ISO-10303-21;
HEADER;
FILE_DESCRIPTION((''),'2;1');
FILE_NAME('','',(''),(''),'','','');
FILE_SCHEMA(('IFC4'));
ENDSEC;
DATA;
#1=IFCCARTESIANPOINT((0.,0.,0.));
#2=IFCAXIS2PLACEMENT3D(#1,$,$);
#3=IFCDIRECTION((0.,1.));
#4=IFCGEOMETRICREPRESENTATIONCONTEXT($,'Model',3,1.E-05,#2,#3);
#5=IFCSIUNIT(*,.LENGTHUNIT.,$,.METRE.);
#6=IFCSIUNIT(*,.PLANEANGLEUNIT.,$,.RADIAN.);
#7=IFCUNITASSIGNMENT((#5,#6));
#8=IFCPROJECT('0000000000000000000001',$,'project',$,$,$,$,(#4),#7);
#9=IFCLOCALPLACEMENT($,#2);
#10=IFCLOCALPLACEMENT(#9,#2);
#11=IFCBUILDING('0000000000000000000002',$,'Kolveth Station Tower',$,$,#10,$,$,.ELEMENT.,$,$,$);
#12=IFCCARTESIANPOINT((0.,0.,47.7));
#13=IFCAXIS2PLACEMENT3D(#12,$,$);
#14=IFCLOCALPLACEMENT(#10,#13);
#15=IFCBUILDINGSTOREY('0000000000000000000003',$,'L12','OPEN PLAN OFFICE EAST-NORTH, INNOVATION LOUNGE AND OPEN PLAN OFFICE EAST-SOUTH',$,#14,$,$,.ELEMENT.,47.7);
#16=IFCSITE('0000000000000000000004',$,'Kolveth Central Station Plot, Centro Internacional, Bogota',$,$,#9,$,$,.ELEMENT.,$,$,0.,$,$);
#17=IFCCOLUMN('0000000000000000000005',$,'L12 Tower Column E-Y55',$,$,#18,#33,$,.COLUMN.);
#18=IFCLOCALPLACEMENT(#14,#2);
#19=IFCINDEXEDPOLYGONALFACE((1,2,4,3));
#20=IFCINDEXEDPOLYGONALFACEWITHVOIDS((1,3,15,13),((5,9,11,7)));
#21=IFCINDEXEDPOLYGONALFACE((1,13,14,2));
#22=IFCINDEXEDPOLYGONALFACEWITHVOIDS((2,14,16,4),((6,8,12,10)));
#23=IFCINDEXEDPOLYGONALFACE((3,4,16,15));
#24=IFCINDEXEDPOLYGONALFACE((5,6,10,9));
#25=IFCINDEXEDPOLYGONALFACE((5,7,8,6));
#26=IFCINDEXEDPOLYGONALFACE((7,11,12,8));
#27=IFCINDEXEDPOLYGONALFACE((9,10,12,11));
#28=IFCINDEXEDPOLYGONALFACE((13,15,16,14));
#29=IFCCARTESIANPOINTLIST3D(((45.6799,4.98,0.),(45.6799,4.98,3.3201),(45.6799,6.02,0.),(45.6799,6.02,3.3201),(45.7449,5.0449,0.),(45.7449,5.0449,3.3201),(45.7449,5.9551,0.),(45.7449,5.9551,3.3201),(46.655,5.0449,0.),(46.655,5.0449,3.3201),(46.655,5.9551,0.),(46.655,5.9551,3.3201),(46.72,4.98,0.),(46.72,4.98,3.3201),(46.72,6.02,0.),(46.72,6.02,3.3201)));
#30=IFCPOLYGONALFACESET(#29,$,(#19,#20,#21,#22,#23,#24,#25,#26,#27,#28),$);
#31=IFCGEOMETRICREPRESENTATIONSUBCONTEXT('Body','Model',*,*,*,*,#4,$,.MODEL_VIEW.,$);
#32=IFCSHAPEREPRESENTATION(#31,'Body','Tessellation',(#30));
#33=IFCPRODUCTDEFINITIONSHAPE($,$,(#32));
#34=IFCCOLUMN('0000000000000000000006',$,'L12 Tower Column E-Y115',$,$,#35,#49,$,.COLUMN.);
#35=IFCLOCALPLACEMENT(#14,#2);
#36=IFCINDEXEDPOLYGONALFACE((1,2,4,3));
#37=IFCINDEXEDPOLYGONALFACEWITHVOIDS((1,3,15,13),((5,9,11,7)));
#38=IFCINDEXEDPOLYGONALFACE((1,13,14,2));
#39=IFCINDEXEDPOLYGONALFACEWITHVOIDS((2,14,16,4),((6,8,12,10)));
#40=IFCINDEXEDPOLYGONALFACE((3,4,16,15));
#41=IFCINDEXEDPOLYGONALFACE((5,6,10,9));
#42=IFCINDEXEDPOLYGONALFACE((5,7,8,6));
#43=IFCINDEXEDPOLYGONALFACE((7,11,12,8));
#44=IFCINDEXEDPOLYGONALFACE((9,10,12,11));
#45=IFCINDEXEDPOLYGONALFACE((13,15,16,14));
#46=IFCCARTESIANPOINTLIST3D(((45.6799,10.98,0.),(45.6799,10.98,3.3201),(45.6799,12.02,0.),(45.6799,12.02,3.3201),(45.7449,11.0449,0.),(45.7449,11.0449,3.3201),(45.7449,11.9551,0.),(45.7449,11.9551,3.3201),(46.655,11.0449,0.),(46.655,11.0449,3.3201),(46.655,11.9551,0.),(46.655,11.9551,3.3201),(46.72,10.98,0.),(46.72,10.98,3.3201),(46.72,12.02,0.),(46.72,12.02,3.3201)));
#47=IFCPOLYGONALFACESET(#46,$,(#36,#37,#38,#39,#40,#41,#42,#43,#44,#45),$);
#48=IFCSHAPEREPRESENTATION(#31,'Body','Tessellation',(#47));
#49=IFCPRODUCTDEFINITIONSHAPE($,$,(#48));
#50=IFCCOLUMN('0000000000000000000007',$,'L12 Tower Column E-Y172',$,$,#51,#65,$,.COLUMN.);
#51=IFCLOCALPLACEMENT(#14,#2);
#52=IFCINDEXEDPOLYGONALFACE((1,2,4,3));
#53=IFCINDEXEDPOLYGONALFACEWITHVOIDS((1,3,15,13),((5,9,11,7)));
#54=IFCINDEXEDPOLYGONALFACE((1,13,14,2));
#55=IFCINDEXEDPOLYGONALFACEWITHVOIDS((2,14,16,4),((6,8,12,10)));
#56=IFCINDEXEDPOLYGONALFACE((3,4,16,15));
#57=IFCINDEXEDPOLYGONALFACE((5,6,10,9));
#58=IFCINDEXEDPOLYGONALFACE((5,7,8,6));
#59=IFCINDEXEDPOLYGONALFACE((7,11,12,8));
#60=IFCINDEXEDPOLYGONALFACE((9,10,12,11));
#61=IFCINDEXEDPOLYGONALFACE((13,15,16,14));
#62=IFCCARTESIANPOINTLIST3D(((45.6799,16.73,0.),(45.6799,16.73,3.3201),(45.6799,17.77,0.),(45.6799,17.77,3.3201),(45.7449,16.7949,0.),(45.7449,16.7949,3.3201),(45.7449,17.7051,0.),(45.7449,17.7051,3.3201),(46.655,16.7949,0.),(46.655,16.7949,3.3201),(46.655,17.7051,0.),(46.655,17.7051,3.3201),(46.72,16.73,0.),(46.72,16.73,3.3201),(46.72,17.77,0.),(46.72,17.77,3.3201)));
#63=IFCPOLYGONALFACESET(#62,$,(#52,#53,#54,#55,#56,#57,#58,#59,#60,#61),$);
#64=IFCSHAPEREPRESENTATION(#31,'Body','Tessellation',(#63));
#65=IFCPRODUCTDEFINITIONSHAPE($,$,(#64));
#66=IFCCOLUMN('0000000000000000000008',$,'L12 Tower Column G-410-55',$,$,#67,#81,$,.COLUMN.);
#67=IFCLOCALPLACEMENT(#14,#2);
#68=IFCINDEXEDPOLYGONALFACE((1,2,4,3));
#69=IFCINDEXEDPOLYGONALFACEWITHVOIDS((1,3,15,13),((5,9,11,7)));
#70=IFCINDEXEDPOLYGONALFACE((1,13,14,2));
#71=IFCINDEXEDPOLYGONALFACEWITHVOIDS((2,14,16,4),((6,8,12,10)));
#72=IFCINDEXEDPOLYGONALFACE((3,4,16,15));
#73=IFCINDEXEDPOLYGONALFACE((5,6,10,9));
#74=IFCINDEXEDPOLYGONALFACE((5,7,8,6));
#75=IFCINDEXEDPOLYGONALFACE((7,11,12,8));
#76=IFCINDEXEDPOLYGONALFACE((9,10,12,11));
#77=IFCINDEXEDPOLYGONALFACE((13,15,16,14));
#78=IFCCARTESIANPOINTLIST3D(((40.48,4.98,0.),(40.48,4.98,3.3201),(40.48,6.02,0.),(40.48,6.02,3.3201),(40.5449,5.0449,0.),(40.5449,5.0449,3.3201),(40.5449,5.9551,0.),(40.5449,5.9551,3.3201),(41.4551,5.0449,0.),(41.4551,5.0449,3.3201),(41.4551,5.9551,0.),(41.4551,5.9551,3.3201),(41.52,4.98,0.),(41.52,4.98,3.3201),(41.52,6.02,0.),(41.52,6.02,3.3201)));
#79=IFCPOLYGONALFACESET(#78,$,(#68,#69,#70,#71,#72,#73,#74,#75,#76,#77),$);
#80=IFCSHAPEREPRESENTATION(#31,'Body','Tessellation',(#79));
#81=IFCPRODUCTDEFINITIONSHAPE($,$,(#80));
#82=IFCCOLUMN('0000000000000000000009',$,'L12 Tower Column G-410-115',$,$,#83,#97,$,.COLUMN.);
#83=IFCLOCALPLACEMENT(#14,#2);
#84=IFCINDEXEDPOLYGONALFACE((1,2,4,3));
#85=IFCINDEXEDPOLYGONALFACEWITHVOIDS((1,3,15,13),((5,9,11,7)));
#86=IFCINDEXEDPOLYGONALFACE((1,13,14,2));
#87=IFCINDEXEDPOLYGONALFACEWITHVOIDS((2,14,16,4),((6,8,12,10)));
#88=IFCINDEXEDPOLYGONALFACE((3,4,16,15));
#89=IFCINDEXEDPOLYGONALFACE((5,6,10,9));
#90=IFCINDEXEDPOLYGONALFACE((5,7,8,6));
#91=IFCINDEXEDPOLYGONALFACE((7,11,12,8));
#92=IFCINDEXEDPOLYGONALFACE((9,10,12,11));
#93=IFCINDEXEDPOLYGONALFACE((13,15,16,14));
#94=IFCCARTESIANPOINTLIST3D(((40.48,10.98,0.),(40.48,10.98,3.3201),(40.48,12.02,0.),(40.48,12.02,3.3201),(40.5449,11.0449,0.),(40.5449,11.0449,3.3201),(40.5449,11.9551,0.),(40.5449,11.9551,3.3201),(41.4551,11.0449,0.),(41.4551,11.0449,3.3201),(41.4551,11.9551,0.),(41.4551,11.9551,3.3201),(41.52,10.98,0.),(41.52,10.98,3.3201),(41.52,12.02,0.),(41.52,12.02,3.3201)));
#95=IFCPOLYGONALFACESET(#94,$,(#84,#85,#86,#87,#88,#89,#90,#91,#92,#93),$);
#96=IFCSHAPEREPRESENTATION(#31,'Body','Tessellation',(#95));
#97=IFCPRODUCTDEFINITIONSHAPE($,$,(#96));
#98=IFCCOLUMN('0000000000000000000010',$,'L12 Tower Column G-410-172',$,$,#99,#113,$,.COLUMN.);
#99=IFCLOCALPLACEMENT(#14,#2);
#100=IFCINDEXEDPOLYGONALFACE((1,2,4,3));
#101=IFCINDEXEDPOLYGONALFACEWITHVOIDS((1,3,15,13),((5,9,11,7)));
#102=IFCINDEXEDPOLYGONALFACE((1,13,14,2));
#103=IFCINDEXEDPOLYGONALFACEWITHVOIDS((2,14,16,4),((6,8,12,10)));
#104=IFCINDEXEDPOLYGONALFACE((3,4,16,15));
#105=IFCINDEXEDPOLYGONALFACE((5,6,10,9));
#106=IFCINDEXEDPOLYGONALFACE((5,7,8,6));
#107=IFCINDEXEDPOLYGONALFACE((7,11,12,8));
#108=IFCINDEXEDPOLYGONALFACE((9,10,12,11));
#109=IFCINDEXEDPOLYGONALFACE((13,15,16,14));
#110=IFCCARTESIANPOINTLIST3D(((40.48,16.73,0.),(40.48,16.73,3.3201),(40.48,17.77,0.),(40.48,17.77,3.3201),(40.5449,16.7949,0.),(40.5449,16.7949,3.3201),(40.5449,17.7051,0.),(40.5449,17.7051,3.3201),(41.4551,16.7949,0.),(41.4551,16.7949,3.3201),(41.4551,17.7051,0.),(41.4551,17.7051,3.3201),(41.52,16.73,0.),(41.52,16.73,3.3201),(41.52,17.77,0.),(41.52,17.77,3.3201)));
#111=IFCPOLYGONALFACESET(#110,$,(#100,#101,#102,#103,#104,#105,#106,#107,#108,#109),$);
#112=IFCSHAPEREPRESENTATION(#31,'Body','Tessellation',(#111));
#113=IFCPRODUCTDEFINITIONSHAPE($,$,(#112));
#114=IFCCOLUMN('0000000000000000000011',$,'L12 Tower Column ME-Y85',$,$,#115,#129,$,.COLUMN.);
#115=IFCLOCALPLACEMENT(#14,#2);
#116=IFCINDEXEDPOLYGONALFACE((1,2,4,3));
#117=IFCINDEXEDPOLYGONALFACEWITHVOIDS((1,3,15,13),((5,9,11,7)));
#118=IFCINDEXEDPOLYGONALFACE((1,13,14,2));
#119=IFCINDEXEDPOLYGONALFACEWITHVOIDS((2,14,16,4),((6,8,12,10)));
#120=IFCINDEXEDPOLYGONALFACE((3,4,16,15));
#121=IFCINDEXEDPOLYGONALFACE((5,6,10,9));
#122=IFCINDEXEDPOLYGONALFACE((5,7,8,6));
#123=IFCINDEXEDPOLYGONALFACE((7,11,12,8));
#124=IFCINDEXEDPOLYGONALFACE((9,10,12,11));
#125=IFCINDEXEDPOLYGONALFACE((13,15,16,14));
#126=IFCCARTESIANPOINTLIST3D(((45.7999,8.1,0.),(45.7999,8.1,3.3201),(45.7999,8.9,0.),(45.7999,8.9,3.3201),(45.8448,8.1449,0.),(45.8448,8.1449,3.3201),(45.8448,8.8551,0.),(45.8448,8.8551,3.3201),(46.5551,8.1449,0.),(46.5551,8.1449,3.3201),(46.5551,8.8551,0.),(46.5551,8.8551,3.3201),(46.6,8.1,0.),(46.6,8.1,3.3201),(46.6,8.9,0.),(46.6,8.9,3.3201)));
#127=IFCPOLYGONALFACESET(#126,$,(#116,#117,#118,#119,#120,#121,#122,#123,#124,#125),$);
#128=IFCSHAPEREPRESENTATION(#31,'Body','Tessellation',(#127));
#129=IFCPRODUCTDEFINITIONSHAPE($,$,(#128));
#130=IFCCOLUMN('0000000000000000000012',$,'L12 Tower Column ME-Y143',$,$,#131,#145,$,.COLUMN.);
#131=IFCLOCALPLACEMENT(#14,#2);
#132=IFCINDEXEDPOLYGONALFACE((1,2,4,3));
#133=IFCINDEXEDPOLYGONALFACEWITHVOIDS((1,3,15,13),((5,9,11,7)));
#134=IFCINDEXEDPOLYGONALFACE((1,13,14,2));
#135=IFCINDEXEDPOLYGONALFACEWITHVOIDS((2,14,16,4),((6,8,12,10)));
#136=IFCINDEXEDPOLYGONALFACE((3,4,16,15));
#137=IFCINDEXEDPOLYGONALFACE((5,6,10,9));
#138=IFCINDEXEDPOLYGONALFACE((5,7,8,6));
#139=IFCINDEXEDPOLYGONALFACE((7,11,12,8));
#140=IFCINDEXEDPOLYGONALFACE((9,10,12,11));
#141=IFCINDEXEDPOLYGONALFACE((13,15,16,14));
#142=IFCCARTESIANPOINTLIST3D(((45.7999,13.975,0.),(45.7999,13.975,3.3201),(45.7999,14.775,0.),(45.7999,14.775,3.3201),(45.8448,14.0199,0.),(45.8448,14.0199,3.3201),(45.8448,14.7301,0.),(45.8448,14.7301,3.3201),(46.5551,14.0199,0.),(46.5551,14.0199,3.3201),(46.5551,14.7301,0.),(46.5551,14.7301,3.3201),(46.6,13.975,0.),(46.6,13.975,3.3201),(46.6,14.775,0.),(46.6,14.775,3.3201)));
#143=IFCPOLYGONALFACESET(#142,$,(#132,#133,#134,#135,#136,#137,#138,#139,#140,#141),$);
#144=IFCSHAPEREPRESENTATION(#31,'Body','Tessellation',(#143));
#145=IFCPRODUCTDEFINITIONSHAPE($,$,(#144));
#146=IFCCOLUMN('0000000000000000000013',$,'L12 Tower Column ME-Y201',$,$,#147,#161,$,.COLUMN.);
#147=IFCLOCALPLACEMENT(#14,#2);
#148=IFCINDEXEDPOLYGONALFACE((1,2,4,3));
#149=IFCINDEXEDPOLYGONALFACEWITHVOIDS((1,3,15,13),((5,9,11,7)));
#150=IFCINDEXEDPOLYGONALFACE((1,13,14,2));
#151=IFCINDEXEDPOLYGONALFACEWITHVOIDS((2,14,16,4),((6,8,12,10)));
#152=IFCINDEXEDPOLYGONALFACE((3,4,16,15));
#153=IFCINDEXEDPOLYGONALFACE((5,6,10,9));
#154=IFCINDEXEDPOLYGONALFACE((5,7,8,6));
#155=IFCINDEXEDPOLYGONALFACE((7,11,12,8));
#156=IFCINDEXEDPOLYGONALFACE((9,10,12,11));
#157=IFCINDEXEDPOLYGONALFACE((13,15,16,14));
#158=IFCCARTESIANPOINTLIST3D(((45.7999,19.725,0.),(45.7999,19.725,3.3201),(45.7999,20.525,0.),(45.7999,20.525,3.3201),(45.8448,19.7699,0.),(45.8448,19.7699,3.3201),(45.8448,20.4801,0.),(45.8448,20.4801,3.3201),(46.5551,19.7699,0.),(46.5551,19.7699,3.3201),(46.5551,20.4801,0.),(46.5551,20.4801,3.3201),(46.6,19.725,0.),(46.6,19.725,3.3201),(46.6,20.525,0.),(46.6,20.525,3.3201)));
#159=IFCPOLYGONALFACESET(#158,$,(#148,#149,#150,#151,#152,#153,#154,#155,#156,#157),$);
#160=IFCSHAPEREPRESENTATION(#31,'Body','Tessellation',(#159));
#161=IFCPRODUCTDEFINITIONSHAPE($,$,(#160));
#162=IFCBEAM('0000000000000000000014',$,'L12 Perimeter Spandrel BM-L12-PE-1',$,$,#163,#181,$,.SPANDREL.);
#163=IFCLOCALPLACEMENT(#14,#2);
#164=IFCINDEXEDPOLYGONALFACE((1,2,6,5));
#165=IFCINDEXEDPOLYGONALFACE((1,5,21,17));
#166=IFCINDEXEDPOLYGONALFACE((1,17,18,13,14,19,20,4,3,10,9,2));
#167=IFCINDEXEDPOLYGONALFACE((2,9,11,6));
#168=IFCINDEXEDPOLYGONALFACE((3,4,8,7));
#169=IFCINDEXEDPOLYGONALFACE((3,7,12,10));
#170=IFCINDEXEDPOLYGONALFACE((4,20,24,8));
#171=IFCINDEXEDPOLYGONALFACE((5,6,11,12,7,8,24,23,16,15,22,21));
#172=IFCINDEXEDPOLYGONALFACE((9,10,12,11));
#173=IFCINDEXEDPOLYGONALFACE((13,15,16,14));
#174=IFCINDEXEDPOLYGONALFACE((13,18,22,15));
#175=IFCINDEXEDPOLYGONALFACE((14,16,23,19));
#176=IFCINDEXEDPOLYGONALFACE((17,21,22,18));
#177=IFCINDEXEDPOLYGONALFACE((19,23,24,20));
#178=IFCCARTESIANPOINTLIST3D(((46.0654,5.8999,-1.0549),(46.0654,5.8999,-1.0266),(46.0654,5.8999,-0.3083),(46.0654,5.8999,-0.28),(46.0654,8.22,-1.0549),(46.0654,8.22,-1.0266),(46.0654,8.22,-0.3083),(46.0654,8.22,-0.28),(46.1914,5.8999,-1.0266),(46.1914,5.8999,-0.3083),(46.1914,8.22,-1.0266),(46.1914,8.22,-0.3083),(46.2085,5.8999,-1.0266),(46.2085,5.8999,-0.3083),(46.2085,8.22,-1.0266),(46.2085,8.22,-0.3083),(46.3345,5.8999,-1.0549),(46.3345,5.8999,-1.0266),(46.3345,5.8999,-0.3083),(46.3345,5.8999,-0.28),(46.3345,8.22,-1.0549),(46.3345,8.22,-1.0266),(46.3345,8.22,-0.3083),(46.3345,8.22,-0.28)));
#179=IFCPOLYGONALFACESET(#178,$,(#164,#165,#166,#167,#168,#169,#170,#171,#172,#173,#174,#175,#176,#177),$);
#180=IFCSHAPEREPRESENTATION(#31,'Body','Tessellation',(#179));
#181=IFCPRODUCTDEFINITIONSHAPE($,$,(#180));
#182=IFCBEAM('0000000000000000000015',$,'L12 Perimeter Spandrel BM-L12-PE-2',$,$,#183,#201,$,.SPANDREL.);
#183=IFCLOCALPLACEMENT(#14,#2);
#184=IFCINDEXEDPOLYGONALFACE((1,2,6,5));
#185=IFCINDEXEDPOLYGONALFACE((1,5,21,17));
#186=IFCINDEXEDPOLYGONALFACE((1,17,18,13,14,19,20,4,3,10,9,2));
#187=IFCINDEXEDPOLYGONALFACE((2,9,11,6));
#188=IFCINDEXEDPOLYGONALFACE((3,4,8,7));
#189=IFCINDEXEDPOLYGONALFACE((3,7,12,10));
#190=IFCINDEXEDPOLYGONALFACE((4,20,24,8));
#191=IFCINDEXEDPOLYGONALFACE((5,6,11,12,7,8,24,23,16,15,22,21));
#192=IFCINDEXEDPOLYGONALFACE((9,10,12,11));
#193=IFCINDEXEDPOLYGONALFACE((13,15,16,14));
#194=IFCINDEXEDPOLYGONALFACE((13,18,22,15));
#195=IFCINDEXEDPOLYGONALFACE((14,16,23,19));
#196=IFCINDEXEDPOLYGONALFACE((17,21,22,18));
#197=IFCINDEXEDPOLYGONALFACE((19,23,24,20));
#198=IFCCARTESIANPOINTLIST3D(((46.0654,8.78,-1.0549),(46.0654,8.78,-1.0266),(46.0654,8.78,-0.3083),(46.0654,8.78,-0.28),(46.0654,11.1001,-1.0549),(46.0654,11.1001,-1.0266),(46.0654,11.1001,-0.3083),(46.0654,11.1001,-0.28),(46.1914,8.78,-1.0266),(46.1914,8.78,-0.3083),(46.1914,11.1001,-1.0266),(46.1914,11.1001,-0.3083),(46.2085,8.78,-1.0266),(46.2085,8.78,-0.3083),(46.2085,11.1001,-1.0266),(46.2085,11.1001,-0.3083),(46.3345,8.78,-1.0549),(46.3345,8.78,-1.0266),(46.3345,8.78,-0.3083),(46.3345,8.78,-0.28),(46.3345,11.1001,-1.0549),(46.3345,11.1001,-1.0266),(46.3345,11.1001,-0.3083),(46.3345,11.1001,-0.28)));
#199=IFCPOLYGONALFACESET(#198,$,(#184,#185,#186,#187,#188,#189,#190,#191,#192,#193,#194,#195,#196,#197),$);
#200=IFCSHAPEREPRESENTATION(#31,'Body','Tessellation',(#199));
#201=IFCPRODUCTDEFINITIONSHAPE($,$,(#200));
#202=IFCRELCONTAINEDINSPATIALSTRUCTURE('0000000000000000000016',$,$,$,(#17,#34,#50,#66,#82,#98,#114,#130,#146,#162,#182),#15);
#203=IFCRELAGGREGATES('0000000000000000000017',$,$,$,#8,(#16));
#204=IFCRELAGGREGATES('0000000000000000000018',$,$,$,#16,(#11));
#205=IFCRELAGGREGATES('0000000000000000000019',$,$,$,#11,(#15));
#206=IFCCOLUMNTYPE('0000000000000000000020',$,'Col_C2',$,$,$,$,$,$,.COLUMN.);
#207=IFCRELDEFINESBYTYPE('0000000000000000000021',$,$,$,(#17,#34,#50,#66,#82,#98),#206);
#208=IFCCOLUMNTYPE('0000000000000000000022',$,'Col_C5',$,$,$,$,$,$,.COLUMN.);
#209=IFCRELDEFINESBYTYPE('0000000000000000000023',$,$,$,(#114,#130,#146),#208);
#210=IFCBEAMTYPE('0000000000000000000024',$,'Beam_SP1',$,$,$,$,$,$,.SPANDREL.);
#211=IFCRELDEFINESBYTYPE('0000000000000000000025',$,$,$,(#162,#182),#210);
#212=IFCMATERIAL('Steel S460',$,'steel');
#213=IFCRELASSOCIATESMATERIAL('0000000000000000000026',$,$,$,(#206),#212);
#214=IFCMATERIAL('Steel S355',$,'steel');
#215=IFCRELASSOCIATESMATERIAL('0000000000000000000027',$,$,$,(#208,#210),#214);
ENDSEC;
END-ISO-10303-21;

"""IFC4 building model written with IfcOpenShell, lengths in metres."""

from ifc_helpers import new_model, si_unit, direction, frame, origin, origin_2d, place, context, subcontext, project, spatial, hollow_rectangle, i_section, extrude, source, transform, mapped, material, material_profile, profile_set, type_object, element, save


model = new_model("IFC4")

# Units and contexts
model_context = context("Model", 3, precision=1e-05, world=origin(), true_north=direction((0.0, 1.0)))
body_context = subcontext(model_context, "Body", "Model", "MODEL_VIEW")
ifc_project = project(units=[si_unit("LENGTHUNIT", "METRE"), si_unit("PLANEANGLEUNIT", "RADIAN")], contexts=[model_context])

# Site, building, storey
site_placement = place(None, origin())
site = spatial("IfcSite", under=ifc_project, at=site_placement, Name="Kolveth Central Station Plot, Centro Internacional, Bogota", CompositionType="ELEMENT", RefElevation=0.0)
building_placement = place(site_placement, origin())
building = spatial("IfcBuilding", under=site, at=building_placement, Name="Kolveth Station Tower", CompositionType="ELEMENT")
storey_placement = place(building_placement, frame((0.0, 0.0, 47.7)))
storey = spatial("IfcBuildingStorey", under=building, at=storey_placement, Name="L12", Description="OPEN PLAN OFFICE EAST-NORTH, INNOVATION LOUNGE AND OPEN PLAN OFFICE EAST-SOUTH", CompositionType="ELEMENT", Elevation=47.7)

# Columns
ifc_material_1 = material(Name="Steel S460", Category="steel")
ifc_material_profile_1 = material_profile(ifc_material_1, hollow_rectangle(XDim=1.04, YDim=1.04, WallThickness=0.0649, at=origin_2d()), Name="BOX1040x1040x65")
ifc_profile_set_1 = profile_set([ifc_material_profile_1], Name="Steel S460")
column_type_1 = type_object("IfcColumnType", Name="Col_C2", PredefinedType="COLUMN", material=ifc_profile_set_1)
shared_shape_1 = source(origin(), body_context, "Body", "SweptSolid", [
    extrude(hollow_rectangle(XDim=1.04, YDim=1.04, WallThickness=0.0649, at=origin_2d()), origin(), (0.0, 0.0, 1.0), 3.3201),
])
for number, where, z_axis, x_axis, name in (
    (1, (46.2, 5.5, 0.0), (0.0, 0.0, 1.0), (1.0, 0.0, 0.0), "L12 Tower Column E-Y55"),
    (2, (46.2, 11.5, 0.0), (0.0, 0.0, 1.0), (1.0, 0.0, 0.0), "L12 Tower Column E-Y115"),
    (3, (46.2, 17.25, 0.0), (0.0, 0.0, 1.0), (1.0, 0.0, 0.0), "L12 Tower Column E-Y172"),
    (4, (41.0, 5.5, 0.0), (0.0, 0.0, 1.0), (1.0, 0.0, 0.0), "L12 Tower Column G-410-55"),
    (5, (41.0, 11.5, 0.0), (0.0, 0.0, 1.0), (1.0, 0.0, 0.0), "L12 Tower Column G-410-115"),
    (6, (41.0, 17.25, 0.0), (0.0, 0.0, 1.0), (1.0, 0.0, 0.0), "L12 Tower Column G-410-172"),
):
    element("IfcColumn", number, at=place(storey_placement, frame(where, z_axis=z_axis, x_axis=x_axis)), inside=storey, type_object=column_type_1, Name=name, PredefinedType="COLUMN", context=body_context, shape_type="MappedRepresentation", body=[
        mapped(shared_shape_1, transform((0.0, 0.0, 0.0), x_axis=(1.0, 0.0, 0.0), y_axis=(0.0, 1.0, 0.0), z_axis=(0.0, 0.0, 1.0), scale=1.0)),
    ])
ifc_material_2 = material(Name="Steel S355", Category="steel")
ifc_material_profile_2 = material_profile(ifc_material_2, hollow_rectangle(XDim=0.8, YDim=0.8, WallThickness=0.0449, at=origin_2d()), Name="BOX800x800x45")
ifc_profile_set_2 = profile_set([ifc_material_profile_2], Name="Steel S355")
column_type_2 = type_object("IfcColumnType", Name="Col_C5", PredefinedType="COLUMN", material=ifc_profile_set_2)
shared_shape_2 = source(origin(), body_context, "Body", "SweptSolid", [
    extrude(hollow_rectangle(XDim=0.8, YDim=0.8, WallThickness=0.0449, at=origin_2d()), origin(), (0.0, 0.0, 1.0), 3.3201),
])
for number, where, z_axis, x_axis, name in (
    (7, (46.2, 8.5, 0.0), (0.0, 0.0, 1.0), (1.0, 0.0, 0.0), "L12 Tower Column ME-Y85"),
    (8, (46.2, 14.375, 0.0), (0.0, 0.0, 1.0), (1.0, 0.0, 0.0), "L12 Tower Column ME-Y143"),
    (9, (46.2, 20.125, 0.0), (0.0, 0.0, 1.0), (1.0, 0.0, 0.0), "L12 Tower Column ME-Y201"),
):
    element("IfcColumn", number, at=place(storey_placement, frame(where, z_axis=z_axis, x_axis=x_axis)), inside=storey, type_object=column_type_2, Name=name, PredefinedType="COLUMN", context=body_context, shape_type="MappedRepresentation", body=[
        mapped(shared_shape_2, transform((0.0, 0.0, 0.0), x_axis=(1.0, 0.0, 0.0), y_axis=(0.0, 1.0, 0.0), z_axis=(0.0, 0.0, 1.0), scale=1.0)),
    ])

# Beams
ifc_material_profile_3 = material_profile(ifc_material_2, i_section(OverallWidth=0.269, OverallDepth=0.7749, WebThickness=0.0171, FlangeThickness=0.0283, at=origin_2d()), Name="W760x220")
ifc_profile_set_3 = profile_set([ifc_material_profile_3], Name="Steel S355")
beam_type_1 = type_object("IfcBeamType", Name="Beam_SP1", PredefinedType="SPANDREL", material=ifc_profile_set_3)
shared_shape_3 = source(origin(), body_context, "Body", "SweptSolid", [
    extrude(i_section(OverallWidth=0.269, OverallDepth=0.7749, WebThickness=0.0171, FlangeThickness=0.0283, at=origin_2d()), origin(), (0.0, 0.0, 1.0), 2.3201),
])
for number, where, z_axis, x_axis, name in (
    (10, (46.2, 5.8999, -0.6675), (0.0, 1.0, 0.0), (-1.0, 0.0, 0.0), "L12 Perimeter Spandrel BM-L12-PE-1"),
    (11, (46.2, 8.78, -0.6675), (0.0, 1.0, 0.0), (-1.0, 0.0, 0.0), "L12 Perimeter Spandrel BM-L12-PE-2"),
):
    element("IfcBeam", number, at=place(storey_placement, frame(where, z_axis=z_axis, x_axis=x_axis)), inside=storey, type_object=beam_type_1, Name=name, PredefinedType="SPANDREL", context=body_context, shape_type="MappedRepresentation", body=[
        mapped(shared_shape_3, transform((0.0, 0.0, 0.0), x_axis=(1.0, 0.0, 0.0), y_axis=(0.0, 1.0, 0.0), z_axis=(0.0, 0.0, 1.0), scale=1.0)),
    ])

save(model, "model.ifc")
